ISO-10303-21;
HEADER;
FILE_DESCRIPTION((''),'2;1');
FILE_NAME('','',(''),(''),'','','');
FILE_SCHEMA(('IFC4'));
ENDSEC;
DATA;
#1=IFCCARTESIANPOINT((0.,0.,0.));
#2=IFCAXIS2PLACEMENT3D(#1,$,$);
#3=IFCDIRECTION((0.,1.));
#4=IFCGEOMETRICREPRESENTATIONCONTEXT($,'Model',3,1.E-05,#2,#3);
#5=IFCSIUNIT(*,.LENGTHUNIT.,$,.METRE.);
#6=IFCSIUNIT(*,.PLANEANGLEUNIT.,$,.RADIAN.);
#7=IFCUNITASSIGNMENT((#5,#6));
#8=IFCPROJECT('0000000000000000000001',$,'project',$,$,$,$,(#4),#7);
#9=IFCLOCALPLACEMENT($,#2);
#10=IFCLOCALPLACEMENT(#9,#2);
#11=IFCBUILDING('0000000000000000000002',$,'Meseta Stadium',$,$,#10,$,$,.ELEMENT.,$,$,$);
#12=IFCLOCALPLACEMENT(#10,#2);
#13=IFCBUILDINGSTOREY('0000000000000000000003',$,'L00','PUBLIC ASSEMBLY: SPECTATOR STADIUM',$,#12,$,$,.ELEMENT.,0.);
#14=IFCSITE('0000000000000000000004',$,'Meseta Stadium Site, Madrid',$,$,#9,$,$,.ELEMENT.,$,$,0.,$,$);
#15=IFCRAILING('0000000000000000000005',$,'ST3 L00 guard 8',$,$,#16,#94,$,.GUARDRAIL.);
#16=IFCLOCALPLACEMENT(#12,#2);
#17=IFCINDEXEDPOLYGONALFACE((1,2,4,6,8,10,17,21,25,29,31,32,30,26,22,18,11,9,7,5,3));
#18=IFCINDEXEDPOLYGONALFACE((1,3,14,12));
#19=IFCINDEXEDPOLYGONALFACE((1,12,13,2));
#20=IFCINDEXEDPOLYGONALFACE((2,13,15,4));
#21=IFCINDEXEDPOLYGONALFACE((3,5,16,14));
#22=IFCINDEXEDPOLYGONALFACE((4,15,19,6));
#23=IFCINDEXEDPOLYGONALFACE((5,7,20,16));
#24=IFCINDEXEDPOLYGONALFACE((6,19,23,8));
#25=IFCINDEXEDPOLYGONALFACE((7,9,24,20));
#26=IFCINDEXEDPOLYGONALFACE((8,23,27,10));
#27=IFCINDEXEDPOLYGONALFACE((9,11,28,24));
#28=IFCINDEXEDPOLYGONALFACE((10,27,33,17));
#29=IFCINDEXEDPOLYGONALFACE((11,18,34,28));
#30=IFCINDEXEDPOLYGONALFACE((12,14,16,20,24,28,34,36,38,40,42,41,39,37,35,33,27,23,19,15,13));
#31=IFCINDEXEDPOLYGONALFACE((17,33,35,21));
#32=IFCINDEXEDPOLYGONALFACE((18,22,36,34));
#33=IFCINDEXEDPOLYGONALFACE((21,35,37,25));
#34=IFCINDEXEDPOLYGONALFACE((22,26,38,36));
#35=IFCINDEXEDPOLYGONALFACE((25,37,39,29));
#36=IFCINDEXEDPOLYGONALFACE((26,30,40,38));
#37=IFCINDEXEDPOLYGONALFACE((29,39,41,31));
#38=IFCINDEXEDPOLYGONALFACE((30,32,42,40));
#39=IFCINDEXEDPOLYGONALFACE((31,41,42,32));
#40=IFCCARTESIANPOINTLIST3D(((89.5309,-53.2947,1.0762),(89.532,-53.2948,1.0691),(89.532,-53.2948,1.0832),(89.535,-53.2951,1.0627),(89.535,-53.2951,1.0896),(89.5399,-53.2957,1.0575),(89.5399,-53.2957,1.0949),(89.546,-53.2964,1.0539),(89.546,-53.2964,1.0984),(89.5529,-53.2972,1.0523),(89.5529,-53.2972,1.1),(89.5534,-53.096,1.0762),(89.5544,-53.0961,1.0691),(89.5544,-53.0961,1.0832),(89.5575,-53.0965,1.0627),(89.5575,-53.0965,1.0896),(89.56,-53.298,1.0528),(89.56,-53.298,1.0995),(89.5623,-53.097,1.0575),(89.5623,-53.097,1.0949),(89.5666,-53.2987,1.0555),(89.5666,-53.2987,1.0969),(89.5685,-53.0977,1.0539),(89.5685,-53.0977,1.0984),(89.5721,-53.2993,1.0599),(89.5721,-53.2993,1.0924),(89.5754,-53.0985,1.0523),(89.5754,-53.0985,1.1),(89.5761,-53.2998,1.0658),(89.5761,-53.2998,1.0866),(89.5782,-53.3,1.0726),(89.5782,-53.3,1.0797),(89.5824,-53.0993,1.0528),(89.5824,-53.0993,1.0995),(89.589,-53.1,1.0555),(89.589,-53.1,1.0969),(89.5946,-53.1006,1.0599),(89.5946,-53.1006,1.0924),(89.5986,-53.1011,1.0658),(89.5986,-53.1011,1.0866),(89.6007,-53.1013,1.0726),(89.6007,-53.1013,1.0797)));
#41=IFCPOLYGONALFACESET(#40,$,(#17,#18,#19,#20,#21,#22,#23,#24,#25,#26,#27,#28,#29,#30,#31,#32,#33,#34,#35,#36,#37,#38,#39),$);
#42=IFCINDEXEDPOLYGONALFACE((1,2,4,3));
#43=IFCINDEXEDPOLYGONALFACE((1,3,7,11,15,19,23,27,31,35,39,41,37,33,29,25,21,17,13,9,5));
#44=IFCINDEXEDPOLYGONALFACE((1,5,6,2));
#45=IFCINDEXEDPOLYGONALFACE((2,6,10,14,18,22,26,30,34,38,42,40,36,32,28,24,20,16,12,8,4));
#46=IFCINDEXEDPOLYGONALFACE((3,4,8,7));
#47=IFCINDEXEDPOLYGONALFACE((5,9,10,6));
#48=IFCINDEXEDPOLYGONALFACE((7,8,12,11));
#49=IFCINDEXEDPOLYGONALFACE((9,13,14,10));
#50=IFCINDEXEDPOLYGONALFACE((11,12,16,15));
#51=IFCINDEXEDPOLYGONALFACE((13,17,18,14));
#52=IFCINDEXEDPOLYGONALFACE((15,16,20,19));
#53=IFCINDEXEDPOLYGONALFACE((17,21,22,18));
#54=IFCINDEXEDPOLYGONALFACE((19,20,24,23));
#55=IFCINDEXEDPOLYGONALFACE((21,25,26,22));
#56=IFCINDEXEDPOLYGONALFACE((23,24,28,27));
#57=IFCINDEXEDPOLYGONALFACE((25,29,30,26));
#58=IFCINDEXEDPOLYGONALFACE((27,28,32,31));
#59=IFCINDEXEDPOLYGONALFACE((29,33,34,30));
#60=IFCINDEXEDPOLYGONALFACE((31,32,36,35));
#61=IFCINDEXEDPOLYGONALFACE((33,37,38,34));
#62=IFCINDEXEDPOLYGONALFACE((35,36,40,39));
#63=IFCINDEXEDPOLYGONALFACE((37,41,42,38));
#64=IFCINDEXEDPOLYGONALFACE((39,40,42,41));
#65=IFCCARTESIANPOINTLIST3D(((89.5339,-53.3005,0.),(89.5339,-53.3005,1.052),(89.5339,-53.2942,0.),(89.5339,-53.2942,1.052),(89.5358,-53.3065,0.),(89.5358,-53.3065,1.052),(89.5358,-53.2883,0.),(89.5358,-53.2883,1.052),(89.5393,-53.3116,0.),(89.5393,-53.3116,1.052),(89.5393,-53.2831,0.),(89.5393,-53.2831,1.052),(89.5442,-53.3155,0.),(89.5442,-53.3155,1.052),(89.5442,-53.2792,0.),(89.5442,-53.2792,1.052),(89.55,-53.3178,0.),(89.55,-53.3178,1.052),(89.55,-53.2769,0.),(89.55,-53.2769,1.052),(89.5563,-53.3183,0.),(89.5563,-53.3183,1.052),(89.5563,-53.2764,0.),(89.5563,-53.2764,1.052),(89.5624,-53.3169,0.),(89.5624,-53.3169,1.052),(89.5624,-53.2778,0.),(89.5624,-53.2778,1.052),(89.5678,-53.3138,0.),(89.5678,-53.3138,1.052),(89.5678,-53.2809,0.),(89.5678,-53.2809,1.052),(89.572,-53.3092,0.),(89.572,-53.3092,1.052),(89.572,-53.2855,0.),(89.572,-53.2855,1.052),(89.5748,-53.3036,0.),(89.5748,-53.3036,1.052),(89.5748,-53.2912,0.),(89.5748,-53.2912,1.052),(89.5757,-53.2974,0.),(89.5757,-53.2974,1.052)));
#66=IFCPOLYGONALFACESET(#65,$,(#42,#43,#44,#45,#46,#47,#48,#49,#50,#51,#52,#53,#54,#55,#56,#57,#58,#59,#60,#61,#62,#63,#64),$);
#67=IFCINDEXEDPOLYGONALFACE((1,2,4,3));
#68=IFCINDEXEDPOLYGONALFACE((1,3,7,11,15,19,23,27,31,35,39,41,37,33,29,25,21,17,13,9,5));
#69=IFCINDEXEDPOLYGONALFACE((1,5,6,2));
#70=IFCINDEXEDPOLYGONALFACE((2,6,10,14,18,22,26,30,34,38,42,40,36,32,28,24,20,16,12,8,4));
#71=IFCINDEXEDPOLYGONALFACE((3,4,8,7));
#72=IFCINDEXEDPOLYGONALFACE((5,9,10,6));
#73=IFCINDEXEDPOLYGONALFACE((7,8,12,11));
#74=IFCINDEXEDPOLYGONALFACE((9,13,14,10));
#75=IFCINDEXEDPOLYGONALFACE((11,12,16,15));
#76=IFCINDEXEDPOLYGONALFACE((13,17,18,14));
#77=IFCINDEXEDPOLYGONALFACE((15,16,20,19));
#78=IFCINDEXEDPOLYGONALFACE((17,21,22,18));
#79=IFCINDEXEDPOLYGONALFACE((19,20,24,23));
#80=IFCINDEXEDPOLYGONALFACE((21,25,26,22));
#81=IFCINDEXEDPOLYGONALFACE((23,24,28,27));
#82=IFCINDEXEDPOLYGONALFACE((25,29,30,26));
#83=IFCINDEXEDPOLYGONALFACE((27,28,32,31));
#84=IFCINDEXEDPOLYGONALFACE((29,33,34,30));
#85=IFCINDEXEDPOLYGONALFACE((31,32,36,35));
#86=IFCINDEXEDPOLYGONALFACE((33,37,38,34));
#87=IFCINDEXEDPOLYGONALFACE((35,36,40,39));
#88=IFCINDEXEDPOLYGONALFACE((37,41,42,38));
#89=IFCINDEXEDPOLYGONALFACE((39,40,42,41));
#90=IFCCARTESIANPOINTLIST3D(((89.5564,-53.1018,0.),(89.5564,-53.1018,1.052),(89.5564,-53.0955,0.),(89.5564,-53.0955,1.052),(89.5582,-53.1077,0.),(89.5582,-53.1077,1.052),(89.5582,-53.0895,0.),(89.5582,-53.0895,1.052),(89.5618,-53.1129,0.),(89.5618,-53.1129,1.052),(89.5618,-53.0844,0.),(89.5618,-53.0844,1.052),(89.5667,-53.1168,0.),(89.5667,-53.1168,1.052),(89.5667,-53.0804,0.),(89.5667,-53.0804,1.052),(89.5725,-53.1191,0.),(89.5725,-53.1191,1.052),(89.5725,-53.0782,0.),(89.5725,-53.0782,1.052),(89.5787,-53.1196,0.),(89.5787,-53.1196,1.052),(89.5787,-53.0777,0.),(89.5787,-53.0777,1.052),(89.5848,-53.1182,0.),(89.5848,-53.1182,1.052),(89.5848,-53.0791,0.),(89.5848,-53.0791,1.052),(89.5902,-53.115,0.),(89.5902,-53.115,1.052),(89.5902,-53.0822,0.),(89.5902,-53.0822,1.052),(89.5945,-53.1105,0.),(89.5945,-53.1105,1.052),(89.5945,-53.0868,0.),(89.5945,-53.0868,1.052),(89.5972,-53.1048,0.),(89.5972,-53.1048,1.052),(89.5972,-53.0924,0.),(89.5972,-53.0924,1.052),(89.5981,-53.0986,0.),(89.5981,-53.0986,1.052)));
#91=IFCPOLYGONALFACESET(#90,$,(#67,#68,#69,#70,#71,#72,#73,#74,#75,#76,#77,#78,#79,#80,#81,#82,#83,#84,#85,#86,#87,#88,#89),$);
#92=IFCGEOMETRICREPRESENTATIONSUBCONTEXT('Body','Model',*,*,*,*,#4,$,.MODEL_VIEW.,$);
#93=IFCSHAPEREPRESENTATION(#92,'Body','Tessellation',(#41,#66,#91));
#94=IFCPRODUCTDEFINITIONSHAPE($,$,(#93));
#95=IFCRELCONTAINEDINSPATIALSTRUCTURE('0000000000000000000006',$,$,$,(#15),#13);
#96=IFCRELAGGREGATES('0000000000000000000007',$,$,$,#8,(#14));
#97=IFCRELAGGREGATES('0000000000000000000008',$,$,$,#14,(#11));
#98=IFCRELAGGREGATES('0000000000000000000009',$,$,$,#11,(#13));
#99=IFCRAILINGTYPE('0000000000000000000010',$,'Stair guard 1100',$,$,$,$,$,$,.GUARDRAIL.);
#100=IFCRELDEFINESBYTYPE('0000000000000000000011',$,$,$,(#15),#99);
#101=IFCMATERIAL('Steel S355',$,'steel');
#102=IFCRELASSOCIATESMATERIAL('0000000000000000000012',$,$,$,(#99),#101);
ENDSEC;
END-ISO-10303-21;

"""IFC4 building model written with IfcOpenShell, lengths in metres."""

from ifc_helpers import new_model, si_unit, direction, frame, origin, origin_2d, place, context, subcontext, project, spatial, circle, extrude, material, type_object, element, save


model = new_model("IFC4")

# Units and contexts
model_context = context("Model", 3, precision=1e-05, world=origin(), true_north=direction((0.0, 1.0)))
body_context = subcontext(model_context, "Body", "Model", "MODEL_VIEW")
ifc_project = project(units=[si_unit("LENGTHUNIT", "METRE"), si_unit("PLANEANGLEUNIT", "RADIAN")], contexts=[model_context])

# Site, building, storey
site_placement = place(None, origin())
site = spatial("IfcSite", under=ifc_project, at=site_placement, Name="Meseta Stadium Site, Madrid", CompositionType="ELEMENT", RefElevation=0.0)
building_placement = place(site_placement, origin())
building = spatial("IfcBuilding", under=site, at=building_placement, Name="Meseta Stadium", CompositionType="ELEMENT")
storey_placement = place(building_placement, origin())
storey = spatial("IfcBuildingStorey", under=building, at=storey_placement, Name="L00", Description="PUBLIC ASSEMBLY: SPECTATOR STADIUM", CompositionType="ELEMENT", Elevation=0.0)

# Railing
ifc_material_1 = material(Name="Steel S355", Category="steel")
railing_type_1 = type_object("IfcRailingType", Name="Stair guard 1100", PredefinedType="GUARDRAIL", material=ifc_material_1)
railing_1_placement = place(storey_placement, frame((89.5547, -53.2974, 0.0)))
element("IfcRailing", 1, at=railing_1_placement, inside=storey, type_object=railing_type_1, Name="ST3 L00 guard 8", PredefinedType="GUARDRAIL", context=body_context, shape_type="SweptSolid", body=[
    extrude(circle(Radius=0.0239, at=origin_2d()), frame((0.0, 0.0, 1.0762), z_axis=(0.112307, 0.993674, 0.0), x_axis=(-0.993674, 0.112307, 0.0)), (0.0, 0.0, 1.0), 0.2),
    extrude(circle(Radius=0.021, at=origin_2d()), origin(), (0.0, 0.0, 1.0), 1.052),
    extrude(circle(Radius=0.021, at=origin_2d()), frame((0.0225, 0.1987, 0.0)), (0.0, 0.0, 1.0), 1.052),
])

save(model, "model.ifc")
